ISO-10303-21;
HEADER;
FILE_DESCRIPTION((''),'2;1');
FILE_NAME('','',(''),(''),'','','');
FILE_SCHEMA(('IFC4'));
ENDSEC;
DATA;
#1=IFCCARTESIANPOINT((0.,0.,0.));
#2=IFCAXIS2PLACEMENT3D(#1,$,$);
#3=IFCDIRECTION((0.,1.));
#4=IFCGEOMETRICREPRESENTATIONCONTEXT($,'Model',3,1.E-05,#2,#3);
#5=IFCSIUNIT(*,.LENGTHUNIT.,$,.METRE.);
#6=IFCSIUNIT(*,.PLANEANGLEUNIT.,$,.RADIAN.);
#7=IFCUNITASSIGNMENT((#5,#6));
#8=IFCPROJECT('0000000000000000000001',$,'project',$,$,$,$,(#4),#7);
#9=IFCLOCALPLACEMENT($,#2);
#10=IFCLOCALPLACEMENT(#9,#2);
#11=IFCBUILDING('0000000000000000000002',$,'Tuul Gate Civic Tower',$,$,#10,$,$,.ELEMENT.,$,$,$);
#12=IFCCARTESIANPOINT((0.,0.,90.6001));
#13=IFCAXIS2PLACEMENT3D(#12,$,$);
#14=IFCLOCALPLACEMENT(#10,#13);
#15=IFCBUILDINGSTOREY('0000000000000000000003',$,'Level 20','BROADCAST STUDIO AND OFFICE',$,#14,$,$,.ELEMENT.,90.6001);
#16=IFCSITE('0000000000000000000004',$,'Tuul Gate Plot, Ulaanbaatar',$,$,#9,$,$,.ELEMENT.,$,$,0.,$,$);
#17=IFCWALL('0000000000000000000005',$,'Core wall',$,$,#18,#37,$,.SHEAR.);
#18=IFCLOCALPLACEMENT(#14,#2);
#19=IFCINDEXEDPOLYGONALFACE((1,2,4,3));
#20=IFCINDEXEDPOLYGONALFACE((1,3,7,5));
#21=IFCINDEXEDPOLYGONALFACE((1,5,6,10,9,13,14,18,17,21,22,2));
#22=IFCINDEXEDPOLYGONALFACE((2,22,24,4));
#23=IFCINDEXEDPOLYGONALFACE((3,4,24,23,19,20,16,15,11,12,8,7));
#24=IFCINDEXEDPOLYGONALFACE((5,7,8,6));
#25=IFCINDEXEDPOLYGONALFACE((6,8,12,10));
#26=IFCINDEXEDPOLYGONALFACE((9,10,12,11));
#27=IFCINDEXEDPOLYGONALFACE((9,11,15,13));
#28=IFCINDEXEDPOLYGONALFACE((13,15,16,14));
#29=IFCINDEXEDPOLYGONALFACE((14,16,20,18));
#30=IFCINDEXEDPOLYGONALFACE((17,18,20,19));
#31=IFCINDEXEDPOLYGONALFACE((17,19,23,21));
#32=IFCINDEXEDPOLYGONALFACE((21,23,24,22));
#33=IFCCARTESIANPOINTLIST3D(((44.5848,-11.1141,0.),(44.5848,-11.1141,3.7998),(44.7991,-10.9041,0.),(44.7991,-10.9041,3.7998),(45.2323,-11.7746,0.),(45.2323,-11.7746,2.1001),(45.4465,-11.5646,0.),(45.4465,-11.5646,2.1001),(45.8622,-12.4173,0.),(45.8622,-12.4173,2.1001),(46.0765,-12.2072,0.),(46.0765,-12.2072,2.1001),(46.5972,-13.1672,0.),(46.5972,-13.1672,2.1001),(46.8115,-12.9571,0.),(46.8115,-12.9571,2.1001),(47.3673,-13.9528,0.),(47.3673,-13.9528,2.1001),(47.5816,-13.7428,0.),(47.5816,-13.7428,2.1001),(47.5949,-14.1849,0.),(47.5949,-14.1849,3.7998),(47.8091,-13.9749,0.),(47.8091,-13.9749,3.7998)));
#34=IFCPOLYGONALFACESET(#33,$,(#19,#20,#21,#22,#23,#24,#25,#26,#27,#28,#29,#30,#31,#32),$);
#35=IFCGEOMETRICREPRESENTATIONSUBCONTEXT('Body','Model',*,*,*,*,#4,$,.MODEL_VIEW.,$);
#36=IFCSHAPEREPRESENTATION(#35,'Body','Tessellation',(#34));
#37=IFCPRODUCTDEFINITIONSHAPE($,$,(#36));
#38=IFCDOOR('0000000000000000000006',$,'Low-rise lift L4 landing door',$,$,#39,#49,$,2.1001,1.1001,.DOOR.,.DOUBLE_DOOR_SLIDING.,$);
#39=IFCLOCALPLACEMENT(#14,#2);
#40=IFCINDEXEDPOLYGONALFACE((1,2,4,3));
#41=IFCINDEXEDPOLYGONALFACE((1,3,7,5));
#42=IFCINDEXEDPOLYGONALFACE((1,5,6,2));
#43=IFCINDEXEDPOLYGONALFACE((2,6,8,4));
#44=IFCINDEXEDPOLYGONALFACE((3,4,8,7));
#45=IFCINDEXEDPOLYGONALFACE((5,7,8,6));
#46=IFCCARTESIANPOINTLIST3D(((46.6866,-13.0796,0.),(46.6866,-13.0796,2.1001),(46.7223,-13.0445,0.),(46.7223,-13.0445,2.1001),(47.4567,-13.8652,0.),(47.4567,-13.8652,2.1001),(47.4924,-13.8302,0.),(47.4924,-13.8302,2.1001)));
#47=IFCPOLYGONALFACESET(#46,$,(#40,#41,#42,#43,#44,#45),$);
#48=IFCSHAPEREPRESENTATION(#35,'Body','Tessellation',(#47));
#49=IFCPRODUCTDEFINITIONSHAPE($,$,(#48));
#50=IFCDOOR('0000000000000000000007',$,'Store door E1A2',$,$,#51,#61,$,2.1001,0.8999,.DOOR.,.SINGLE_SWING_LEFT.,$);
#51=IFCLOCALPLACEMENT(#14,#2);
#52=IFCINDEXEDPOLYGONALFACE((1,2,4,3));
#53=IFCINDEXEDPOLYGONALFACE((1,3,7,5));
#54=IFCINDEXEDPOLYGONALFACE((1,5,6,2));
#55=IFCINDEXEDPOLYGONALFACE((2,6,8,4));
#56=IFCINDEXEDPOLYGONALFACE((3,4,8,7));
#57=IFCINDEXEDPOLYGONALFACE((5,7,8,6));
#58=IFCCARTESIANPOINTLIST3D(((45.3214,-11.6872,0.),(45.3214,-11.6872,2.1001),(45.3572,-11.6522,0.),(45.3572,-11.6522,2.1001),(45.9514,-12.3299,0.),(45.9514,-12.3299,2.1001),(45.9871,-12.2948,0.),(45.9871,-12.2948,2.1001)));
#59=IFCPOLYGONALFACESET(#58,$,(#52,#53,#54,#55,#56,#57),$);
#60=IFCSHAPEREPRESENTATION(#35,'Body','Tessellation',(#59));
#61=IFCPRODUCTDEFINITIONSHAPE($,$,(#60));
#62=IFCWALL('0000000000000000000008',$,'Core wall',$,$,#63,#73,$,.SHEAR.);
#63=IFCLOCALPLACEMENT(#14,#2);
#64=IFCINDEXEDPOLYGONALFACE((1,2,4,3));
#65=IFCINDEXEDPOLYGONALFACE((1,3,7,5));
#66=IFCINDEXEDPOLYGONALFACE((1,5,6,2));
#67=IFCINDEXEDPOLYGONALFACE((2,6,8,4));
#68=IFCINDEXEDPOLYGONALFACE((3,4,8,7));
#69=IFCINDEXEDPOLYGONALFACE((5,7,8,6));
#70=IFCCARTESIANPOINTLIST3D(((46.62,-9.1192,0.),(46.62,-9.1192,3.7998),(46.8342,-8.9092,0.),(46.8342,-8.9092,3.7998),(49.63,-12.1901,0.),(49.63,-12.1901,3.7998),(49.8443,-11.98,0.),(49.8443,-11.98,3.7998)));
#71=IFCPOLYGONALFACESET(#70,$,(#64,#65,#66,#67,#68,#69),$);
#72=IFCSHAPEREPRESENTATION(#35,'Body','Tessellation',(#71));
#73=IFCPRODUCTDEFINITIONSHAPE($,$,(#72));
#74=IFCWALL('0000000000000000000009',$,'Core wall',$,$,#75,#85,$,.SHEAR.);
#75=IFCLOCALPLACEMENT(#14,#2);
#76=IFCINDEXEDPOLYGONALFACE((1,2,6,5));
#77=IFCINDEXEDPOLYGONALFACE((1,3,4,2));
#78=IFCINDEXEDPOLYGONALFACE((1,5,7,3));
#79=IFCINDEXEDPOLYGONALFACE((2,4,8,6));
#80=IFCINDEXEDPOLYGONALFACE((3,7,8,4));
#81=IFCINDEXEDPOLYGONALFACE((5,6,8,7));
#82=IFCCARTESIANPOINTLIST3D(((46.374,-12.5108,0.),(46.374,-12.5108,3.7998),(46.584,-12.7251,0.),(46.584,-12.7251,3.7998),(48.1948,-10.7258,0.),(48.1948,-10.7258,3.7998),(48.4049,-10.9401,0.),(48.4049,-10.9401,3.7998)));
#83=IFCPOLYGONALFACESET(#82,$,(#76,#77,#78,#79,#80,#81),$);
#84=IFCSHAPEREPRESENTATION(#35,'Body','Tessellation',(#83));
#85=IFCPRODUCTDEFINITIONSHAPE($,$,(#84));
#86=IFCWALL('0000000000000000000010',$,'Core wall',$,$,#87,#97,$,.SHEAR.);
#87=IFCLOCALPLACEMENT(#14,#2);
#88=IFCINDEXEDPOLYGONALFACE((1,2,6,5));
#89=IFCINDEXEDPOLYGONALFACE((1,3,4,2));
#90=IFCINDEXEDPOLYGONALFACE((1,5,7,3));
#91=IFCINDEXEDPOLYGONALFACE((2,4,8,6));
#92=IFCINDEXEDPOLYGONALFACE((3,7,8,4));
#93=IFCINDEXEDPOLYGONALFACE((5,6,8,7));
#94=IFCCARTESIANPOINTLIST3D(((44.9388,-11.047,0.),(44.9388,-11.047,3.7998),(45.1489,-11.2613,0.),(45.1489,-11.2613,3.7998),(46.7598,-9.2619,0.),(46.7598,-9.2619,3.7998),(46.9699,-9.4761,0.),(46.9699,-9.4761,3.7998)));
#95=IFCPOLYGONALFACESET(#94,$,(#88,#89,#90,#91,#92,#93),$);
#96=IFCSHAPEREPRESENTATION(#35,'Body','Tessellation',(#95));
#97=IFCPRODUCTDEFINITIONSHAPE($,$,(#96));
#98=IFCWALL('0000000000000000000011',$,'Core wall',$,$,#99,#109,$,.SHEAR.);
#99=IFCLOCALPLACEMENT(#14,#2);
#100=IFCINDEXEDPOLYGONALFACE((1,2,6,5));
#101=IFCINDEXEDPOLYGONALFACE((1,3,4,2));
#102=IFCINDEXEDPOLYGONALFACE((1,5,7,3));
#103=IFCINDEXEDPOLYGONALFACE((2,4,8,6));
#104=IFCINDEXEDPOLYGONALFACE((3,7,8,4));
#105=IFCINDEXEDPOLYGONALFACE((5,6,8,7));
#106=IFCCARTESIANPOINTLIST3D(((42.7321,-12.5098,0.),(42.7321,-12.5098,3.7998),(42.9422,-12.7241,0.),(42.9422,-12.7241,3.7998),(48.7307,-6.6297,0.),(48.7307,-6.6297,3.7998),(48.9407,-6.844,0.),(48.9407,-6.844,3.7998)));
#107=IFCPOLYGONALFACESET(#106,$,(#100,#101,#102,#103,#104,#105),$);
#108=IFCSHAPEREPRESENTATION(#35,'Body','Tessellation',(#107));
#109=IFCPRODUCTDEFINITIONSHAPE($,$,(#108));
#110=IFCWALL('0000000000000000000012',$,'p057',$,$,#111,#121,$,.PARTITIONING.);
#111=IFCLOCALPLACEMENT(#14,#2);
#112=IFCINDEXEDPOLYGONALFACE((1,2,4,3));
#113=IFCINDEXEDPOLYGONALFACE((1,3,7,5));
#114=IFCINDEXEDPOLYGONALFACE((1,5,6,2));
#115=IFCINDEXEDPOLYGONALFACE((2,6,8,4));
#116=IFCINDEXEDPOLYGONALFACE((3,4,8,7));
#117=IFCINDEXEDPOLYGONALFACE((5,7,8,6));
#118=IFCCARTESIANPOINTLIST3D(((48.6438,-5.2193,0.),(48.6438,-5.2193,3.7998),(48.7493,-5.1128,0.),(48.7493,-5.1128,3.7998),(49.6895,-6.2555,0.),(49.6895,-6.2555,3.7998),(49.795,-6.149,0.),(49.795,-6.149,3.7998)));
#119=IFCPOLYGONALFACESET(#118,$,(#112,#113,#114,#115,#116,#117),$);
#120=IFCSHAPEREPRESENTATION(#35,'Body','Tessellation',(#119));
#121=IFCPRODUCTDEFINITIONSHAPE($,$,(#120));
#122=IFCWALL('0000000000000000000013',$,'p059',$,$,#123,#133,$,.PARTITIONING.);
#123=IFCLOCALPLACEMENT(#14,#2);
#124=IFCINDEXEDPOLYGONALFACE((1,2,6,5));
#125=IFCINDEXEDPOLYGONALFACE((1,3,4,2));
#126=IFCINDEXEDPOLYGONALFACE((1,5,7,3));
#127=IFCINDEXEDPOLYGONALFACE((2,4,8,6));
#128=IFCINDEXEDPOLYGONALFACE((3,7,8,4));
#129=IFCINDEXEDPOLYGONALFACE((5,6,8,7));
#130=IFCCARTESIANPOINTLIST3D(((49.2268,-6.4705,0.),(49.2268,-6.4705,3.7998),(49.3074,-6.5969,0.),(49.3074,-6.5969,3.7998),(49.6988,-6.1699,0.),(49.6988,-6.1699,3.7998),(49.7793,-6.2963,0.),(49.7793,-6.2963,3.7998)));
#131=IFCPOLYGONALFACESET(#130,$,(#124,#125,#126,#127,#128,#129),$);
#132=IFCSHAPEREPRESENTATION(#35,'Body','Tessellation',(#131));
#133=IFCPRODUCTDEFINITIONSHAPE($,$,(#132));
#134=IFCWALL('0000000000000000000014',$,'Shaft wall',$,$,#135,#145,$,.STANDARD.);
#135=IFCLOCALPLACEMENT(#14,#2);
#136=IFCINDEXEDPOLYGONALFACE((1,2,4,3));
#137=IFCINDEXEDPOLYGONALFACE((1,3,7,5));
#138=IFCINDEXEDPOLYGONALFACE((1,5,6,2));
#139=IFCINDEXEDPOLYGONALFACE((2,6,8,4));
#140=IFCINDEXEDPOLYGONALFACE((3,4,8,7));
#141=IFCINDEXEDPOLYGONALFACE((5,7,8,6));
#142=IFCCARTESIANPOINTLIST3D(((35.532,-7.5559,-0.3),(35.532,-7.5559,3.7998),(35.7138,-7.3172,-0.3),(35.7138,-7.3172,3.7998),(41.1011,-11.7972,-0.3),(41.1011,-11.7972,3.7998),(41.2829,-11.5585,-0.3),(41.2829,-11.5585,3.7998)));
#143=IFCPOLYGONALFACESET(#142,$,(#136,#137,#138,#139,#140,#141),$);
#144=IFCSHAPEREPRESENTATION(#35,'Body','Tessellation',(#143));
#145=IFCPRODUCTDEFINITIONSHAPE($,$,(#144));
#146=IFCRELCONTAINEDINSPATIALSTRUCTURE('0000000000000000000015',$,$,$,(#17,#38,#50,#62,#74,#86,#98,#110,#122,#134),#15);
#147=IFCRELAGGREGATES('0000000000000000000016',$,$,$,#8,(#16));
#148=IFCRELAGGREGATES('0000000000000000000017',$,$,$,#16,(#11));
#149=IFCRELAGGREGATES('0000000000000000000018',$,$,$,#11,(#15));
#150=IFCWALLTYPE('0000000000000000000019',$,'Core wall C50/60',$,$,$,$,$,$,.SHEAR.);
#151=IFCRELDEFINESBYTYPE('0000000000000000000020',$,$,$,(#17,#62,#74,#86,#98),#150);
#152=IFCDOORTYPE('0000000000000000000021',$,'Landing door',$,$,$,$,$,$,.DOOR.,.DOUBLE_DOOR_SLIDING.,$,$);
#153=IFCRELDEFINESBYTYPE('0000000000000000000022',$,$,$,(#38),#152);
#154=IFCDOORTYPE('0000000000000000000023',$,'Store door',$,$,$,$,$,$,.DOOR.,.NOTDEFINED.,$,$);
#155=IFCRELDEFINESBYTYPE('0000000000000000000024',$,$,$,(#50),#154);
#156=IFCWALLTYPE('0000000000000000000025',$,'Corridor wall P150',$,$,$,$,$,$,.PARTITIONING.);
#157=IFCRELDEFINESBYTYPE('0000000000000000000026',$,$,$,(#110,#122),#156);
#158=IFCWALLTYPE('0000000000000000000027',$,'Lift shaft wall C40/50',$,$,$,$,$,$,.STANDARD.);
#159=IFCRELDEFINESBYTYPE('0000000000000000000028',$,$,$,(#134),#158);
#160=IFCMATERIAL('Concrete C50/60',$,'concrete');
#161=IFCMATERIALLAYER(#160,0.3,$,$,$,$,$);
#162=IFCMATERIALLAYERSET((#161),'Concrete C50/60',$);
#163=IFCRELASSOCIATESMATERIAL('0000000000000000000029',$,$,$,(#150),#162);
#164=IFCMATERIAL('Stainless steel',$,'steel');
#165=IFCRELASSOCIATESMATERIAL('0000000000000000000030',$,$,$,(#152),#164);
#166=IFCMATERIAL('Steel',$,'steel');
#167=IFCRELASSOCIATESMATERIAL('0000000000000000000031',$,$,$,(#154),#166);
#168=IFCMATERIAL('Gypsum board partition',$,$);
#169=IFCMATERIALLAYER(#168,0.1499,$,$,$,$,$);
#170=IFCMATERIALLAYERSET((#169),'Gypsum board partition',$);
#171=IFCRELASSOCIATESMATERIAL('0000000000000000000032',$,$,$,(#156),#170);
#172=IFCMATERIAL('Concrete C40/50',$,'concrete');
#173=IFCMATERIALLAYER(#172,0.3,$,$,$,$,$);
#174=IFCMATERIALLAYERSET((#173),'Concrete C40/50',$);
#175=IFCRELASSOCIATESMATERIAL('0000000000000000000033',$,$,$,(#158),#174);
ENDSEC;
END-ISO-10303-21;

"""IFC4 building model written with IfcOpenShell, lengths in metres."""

from ifc_helpers import new_model, si_unit, direction, frame, frame_2d, origin, place, context, subcontext, project, spatial, rectangle, extrude, material, layer, layer_set, type_object, element, fill, save


model = new_model("IFC4")

# Units and contexts
model_context = context("Model", 3, precision=1e-05, world=origin(), true_north=direction((0.0, 1.0)))
body_context = subcontext(model_context, "Body", "Model", "MODEL_VIEW")
ifc_project = project(units=[si_unit("LENGTHUNIT", "METRE"), si_unit("PLANEANGLEUNIT", "RADIAN")], contexts=[model_context])

# Site, building, storey
site_placement = place(None, origin())
site = spatial("IfcSite", under=ifc_project, at=site_placement, Name="Tuul Gate Plot, Ulaanbaatar", CompositionType="ELEMENT", RefElevation=0.0)
building_placement = place(site_placement, origin())
building = spatial("IfcBuilding", under=site, at=building_placement, Name="Tuul Gate Civic Tower", CompositionType="ELEMENT")
storey_placement = place(building_placement, frame((0.0, 0.0, 90.6001)))
storey = spatial("IfcBuildingStorey", under=building, at=storey_placement, Name="Level 20", Description="BROADCAST STUDIO AND OFFICE", CompositionType="ELEMENT", Elevation=90.6001)

# Wall, openings, doors
ifc_material_1 = material(Name="Concrete C50/60", Category="concrete")
ifc_layer_1 = layer(ifc_material_1, 0.3)
ifc_layer_set_1 = layer_set([ifc_layer_1], Name="Concrete C50/60")
wall_type_1 = type_object("IfcWallType", Name="Core wall C50/60", PredefinedType="SHEAR", material=ifc_layer_set_1)
wall_1_placement = place(storey_placement, frame((47.7019, -14.0798, 0.0), z_axis=(0.0, 0.0, 1.0), x_axis=(-0.700003, 0.71414, 0.0)))
wall_1 = element("IfcWall", 1, at=wall_1_placement, inside=storey, type_object=wall_type_1, Name="Core wall", PredefinedType="SHEAR", context=body_context, shape_type="SweptSolid", body=[
    extrude(rectangle(XDim=4.3, YDim=0.3, at=frame_2d((2.1499, 0.0))), origin(), (0.0, 0.0, 1.0), 3.7998),
])
opening_1_placement = place(wall_1_placement, frame((0.325, 0.0, 0.0)))
opening_1 = element("IfcOpeningElement", 2, at=opening_1_placement, cuts=wall_1, PredefinedType="OPENING", context=body_context, shape_type="SweptSolid", body=[
    extrude(rectangle(XDim=1.1001, YDim=2.1001, at=frame_2d((0.55, 1.05))), frame((0.0, 0.1602, 0.0), z_axis=(0.0, -1.0, 0.0), x_axis=(1.0, 0.0, 0.0)), (0.0, 0.0, 1.0), 0.3201),
])
opening_2_placement = place(wall_1_placement, frame((2.4751, 0.0, 0.0)))
opening_2 = element("IfcOpeningElement", 3, at=opening_2_placement, cuts=wall_1, PredefinedType="OPENING", context=body_context, shape_type="SweptSolid", body=[
    extrude(rectangle(XDim=0.8999, YDim=2.1001, at=frame_2d((0.45, 1.05))), frame((0.0, 0.1602, 0.0), z_axis=(0.0, -1.0, 0.0), x_axis=(1.0, 0.0, 0.0)), (0.0, 0.0, 1.0), 0.3201),
])
ifc_material_2 = material(Name="Stainless steel", Category="steel")
door_type_1 = type_object("IfcDoorType", Name="Landing door", OperationType="DOUBLE_DOOR_SLIDING", PredefinedType="DOOR", material=ifc_material_2)
door_1_placement = place(opening_1_placement, origin())
door_1 = element("IfcDoor", 4, at=door_1_placement, inside=storey, type_object=door_type_1, Name="Low-rise lift L4 landing door", OperationType="DOUBLE_DOOR_SLIDING", OverallHeight=2.1001, OverallWidth=1.1001, PredefinedType="DOOR", context=body_context, shape_type="SweptSolid", body=[
    extrude(rectangle(XDim=1.1001, YDim=2.1001, at=frame_2d((0.55, 1.05))), frame((0.0, 0.0249, 0.0), z_axis=(0.0, -1.0, 0.0), x_axis=(1.0, 0.0, 0.0)), (0.0, 0.0, 1.0), 0.05),
])
fill(opening_1, door_1)
ifc_material_3 = material(Name="Steel", Category="steel")
door_type_2 = type_object("IfcDoorType", Name="Store door", OperationType="NOTDEFINED", PredefinedType="DOOR", material=ifc_material_3)
door_2_placement = place(opening_2_placement, frame((0.8999, 0.0, 0.0), z_axis=(0.0, 0.0, 1.0), x_axis=(-1.0, 0.0, 0.0)))
door_2 = element("IfcDoor", 5, at=door_2_placement, inside=storey, type_object=door_type_2, Name="Store door E1A2", OperationType="SINGLE_SWING_LEFT", OverallHeight=2.1001, OverallWidth=0.8999, PredefinedType="DOOR", context=body_context, shape_type="SweptSolid", body=[
    extrude(rectangle(XDim=0.8999, YDim=2.1001, at=frame_2d((0.45, 1.05))), frame((0.0, 0.0249, 0.0), z_axis=(0.0, -1.0, 0.0), x_axis=(1.0, 0.0, 0.0)), (0.0, 0.0, 1.0), 0.05),
])
fill(opening_2, door_2)

# Walls
wall_2_placement = place(storey_placement, frame((49.7371, -12.085, 0.0), z_axis=(0.0, 0.0, 1.0), x_axis=(-0.700003, 0.71414, 0.0)))
element("IfcWall", 6, at=wall_2_placement, inside=storey, type_object=wall_type_1, Name="Core wall", PredefinedType="SHEAR", context=body_context, shape_type="SweptSolid", body=[
    extrude(rectangle(XDim=4.3, YDim=0.3, at=frame_2d((2.1499, 0.0))), origin(), (0.0, 0.0, 1.0), 3.7998),
])
wall_3_placement = place(storey_placement, frame((46.479, -12.6179, 0.0), z_axis=(0.0, 0.0, 1.0), x_axis=(0.714109, 0.700034, 0.0)))
element("IfcWall", 7, at=wall_3_placement, inside=storey, type_object=wall_type_1, Name="Core wall", PredefinedType="SHEAR", context=body_context, shape_type="SweptSolid", body=[
    extrude(rectangle(XDim=2.5498, YDim=0.3, at=frame_2d((1.2749, 0.0))), origin(), (0.0, 0.0, 1.0), 3.7998),
])
wall_4_placement = place(storey_placement, frame((45.0439, -11.1541, 0.0), z_axis=(0.0, 0.0, 1.0), x_axis=(0.714108, 0.700035, 0.0)))
element("IfcWall", 8, at=wall_4_placement, inside=storey, type_object=wall_type_1, Name="Core wall", PredefinedType="SHEAR", context=body_context, shape_type="SweptSolid", body=[
    extrude(rectangle(XDim=2.55, YDim=0.3, at=frame_2d((1.2749, 0.0))), origin(), (0.0, 0.0, 1.0), 3.7998),
])
wall_5_placement = place(storey_placement, frame((42.8372, -12.6169, 0.0), z_axis=(0.0, 0.0, 1.0), x_axis=(0.71412, 0.700023, 0.0)))
element("IfcWall", 9, at=wall_5_placement, inside=storey, type_object=wall_type_1, Name="Core wall", PredefinedType="SHEAR", context=body_context, shape_type="SweptSolid", body=[
    extrude(rectangle(XDim=8.3999, YDim=0.3, at=frame_2d((4.2, 0.0))), origin(), (0.0, 0.0, 1.0), 3.7998),
])
ifc_material_4 = material(Name="Gypsum board partition")
ifc_layer_2 = layer(ifc_material_4, 0.1499)
ifc_layer_set_2 = layer_set([ifc_layer_2], Name="Gypsum board partition")
wall_type_2 = type_object("IfcWallType", Name="Corridor wall P150", PredefinedType="PARTITIONING", material=ifc_layer_set_2)
wall_6_placement = place(storey_placement, frame((48.6965, -5.166, 0.0), z_axis=(0.0, 0.0, 1.0), x_axis=(0.710333, -0.703865, 0.0)))
element("IfcWall", 10, at=wall_6_placement, inside=storey, type_object=wall_type_2, Name="p057", PredefinedType="PARTITIONING", context=body_context, shape_type="SweptSolid", body=[
    extrude(rectangle(XDim=1.4722, YDim=0.1499, at=frame_2d((0.7361, 0.0))), origin(), (0.0, 0.0, 1.0), 3.7998),
])
wall_7_placement = place(storey_placement, frame((49.2671, -6.5337, 0.0), z_axis=(0.0, 0.0, 1.0), x_axis=(0.843482, 0.537158, 0.0)))
element("IfcWall", 11, at=wall_7_placement, inside=storey, type_object=wall_type_2, Name="p059", PredefinedType="PARTITIONING", context=body_context, shape_type="SweptSolid", body=[
    extrude(rectangle(XDim=0.5596, YDim=0.1499, at=frame_2d((0.2798, 0.0))), origin(), (0.0, 0.0, 1.0), 3.7998),
])
ifc_material_5 = material(Name="Concrete C40/50", Category="concrete")
ifc_layer_3 = layer(ifc_material_5, 0.3)
ifc_layer_set_3 = layer_set([ifc_layer_3], Name="Concrete C40/50")
wall_type_3 = type_object("IfcWallType", Name="Lift shaft wall C40/50", PredefinedType="STANDARD", material=ifc_layer_set_3)
wall_8_placement = place(storey_placement, frame((41.1919, -11.6777, -0.3), z_axis=(0.0, 0.0, 1.0), x_axis=(-0.795563, 0.605871, 0.0)))
element("IfcWall", 12, at=wall_8_placement, inside=storey, type_object=wall_type_3, Name="Shaft wall", PredefinedType="STANDARD", context=body_context, shape_type="SweptSolid", body=[
    extrude(rectangle(XDim=7.0002, YDim=0.3, at=frame_2d((3.5, 0.0))), origin(), (0.0, 0.0, 1.0), 4.0999),
])

save(model, "model.ifc")
